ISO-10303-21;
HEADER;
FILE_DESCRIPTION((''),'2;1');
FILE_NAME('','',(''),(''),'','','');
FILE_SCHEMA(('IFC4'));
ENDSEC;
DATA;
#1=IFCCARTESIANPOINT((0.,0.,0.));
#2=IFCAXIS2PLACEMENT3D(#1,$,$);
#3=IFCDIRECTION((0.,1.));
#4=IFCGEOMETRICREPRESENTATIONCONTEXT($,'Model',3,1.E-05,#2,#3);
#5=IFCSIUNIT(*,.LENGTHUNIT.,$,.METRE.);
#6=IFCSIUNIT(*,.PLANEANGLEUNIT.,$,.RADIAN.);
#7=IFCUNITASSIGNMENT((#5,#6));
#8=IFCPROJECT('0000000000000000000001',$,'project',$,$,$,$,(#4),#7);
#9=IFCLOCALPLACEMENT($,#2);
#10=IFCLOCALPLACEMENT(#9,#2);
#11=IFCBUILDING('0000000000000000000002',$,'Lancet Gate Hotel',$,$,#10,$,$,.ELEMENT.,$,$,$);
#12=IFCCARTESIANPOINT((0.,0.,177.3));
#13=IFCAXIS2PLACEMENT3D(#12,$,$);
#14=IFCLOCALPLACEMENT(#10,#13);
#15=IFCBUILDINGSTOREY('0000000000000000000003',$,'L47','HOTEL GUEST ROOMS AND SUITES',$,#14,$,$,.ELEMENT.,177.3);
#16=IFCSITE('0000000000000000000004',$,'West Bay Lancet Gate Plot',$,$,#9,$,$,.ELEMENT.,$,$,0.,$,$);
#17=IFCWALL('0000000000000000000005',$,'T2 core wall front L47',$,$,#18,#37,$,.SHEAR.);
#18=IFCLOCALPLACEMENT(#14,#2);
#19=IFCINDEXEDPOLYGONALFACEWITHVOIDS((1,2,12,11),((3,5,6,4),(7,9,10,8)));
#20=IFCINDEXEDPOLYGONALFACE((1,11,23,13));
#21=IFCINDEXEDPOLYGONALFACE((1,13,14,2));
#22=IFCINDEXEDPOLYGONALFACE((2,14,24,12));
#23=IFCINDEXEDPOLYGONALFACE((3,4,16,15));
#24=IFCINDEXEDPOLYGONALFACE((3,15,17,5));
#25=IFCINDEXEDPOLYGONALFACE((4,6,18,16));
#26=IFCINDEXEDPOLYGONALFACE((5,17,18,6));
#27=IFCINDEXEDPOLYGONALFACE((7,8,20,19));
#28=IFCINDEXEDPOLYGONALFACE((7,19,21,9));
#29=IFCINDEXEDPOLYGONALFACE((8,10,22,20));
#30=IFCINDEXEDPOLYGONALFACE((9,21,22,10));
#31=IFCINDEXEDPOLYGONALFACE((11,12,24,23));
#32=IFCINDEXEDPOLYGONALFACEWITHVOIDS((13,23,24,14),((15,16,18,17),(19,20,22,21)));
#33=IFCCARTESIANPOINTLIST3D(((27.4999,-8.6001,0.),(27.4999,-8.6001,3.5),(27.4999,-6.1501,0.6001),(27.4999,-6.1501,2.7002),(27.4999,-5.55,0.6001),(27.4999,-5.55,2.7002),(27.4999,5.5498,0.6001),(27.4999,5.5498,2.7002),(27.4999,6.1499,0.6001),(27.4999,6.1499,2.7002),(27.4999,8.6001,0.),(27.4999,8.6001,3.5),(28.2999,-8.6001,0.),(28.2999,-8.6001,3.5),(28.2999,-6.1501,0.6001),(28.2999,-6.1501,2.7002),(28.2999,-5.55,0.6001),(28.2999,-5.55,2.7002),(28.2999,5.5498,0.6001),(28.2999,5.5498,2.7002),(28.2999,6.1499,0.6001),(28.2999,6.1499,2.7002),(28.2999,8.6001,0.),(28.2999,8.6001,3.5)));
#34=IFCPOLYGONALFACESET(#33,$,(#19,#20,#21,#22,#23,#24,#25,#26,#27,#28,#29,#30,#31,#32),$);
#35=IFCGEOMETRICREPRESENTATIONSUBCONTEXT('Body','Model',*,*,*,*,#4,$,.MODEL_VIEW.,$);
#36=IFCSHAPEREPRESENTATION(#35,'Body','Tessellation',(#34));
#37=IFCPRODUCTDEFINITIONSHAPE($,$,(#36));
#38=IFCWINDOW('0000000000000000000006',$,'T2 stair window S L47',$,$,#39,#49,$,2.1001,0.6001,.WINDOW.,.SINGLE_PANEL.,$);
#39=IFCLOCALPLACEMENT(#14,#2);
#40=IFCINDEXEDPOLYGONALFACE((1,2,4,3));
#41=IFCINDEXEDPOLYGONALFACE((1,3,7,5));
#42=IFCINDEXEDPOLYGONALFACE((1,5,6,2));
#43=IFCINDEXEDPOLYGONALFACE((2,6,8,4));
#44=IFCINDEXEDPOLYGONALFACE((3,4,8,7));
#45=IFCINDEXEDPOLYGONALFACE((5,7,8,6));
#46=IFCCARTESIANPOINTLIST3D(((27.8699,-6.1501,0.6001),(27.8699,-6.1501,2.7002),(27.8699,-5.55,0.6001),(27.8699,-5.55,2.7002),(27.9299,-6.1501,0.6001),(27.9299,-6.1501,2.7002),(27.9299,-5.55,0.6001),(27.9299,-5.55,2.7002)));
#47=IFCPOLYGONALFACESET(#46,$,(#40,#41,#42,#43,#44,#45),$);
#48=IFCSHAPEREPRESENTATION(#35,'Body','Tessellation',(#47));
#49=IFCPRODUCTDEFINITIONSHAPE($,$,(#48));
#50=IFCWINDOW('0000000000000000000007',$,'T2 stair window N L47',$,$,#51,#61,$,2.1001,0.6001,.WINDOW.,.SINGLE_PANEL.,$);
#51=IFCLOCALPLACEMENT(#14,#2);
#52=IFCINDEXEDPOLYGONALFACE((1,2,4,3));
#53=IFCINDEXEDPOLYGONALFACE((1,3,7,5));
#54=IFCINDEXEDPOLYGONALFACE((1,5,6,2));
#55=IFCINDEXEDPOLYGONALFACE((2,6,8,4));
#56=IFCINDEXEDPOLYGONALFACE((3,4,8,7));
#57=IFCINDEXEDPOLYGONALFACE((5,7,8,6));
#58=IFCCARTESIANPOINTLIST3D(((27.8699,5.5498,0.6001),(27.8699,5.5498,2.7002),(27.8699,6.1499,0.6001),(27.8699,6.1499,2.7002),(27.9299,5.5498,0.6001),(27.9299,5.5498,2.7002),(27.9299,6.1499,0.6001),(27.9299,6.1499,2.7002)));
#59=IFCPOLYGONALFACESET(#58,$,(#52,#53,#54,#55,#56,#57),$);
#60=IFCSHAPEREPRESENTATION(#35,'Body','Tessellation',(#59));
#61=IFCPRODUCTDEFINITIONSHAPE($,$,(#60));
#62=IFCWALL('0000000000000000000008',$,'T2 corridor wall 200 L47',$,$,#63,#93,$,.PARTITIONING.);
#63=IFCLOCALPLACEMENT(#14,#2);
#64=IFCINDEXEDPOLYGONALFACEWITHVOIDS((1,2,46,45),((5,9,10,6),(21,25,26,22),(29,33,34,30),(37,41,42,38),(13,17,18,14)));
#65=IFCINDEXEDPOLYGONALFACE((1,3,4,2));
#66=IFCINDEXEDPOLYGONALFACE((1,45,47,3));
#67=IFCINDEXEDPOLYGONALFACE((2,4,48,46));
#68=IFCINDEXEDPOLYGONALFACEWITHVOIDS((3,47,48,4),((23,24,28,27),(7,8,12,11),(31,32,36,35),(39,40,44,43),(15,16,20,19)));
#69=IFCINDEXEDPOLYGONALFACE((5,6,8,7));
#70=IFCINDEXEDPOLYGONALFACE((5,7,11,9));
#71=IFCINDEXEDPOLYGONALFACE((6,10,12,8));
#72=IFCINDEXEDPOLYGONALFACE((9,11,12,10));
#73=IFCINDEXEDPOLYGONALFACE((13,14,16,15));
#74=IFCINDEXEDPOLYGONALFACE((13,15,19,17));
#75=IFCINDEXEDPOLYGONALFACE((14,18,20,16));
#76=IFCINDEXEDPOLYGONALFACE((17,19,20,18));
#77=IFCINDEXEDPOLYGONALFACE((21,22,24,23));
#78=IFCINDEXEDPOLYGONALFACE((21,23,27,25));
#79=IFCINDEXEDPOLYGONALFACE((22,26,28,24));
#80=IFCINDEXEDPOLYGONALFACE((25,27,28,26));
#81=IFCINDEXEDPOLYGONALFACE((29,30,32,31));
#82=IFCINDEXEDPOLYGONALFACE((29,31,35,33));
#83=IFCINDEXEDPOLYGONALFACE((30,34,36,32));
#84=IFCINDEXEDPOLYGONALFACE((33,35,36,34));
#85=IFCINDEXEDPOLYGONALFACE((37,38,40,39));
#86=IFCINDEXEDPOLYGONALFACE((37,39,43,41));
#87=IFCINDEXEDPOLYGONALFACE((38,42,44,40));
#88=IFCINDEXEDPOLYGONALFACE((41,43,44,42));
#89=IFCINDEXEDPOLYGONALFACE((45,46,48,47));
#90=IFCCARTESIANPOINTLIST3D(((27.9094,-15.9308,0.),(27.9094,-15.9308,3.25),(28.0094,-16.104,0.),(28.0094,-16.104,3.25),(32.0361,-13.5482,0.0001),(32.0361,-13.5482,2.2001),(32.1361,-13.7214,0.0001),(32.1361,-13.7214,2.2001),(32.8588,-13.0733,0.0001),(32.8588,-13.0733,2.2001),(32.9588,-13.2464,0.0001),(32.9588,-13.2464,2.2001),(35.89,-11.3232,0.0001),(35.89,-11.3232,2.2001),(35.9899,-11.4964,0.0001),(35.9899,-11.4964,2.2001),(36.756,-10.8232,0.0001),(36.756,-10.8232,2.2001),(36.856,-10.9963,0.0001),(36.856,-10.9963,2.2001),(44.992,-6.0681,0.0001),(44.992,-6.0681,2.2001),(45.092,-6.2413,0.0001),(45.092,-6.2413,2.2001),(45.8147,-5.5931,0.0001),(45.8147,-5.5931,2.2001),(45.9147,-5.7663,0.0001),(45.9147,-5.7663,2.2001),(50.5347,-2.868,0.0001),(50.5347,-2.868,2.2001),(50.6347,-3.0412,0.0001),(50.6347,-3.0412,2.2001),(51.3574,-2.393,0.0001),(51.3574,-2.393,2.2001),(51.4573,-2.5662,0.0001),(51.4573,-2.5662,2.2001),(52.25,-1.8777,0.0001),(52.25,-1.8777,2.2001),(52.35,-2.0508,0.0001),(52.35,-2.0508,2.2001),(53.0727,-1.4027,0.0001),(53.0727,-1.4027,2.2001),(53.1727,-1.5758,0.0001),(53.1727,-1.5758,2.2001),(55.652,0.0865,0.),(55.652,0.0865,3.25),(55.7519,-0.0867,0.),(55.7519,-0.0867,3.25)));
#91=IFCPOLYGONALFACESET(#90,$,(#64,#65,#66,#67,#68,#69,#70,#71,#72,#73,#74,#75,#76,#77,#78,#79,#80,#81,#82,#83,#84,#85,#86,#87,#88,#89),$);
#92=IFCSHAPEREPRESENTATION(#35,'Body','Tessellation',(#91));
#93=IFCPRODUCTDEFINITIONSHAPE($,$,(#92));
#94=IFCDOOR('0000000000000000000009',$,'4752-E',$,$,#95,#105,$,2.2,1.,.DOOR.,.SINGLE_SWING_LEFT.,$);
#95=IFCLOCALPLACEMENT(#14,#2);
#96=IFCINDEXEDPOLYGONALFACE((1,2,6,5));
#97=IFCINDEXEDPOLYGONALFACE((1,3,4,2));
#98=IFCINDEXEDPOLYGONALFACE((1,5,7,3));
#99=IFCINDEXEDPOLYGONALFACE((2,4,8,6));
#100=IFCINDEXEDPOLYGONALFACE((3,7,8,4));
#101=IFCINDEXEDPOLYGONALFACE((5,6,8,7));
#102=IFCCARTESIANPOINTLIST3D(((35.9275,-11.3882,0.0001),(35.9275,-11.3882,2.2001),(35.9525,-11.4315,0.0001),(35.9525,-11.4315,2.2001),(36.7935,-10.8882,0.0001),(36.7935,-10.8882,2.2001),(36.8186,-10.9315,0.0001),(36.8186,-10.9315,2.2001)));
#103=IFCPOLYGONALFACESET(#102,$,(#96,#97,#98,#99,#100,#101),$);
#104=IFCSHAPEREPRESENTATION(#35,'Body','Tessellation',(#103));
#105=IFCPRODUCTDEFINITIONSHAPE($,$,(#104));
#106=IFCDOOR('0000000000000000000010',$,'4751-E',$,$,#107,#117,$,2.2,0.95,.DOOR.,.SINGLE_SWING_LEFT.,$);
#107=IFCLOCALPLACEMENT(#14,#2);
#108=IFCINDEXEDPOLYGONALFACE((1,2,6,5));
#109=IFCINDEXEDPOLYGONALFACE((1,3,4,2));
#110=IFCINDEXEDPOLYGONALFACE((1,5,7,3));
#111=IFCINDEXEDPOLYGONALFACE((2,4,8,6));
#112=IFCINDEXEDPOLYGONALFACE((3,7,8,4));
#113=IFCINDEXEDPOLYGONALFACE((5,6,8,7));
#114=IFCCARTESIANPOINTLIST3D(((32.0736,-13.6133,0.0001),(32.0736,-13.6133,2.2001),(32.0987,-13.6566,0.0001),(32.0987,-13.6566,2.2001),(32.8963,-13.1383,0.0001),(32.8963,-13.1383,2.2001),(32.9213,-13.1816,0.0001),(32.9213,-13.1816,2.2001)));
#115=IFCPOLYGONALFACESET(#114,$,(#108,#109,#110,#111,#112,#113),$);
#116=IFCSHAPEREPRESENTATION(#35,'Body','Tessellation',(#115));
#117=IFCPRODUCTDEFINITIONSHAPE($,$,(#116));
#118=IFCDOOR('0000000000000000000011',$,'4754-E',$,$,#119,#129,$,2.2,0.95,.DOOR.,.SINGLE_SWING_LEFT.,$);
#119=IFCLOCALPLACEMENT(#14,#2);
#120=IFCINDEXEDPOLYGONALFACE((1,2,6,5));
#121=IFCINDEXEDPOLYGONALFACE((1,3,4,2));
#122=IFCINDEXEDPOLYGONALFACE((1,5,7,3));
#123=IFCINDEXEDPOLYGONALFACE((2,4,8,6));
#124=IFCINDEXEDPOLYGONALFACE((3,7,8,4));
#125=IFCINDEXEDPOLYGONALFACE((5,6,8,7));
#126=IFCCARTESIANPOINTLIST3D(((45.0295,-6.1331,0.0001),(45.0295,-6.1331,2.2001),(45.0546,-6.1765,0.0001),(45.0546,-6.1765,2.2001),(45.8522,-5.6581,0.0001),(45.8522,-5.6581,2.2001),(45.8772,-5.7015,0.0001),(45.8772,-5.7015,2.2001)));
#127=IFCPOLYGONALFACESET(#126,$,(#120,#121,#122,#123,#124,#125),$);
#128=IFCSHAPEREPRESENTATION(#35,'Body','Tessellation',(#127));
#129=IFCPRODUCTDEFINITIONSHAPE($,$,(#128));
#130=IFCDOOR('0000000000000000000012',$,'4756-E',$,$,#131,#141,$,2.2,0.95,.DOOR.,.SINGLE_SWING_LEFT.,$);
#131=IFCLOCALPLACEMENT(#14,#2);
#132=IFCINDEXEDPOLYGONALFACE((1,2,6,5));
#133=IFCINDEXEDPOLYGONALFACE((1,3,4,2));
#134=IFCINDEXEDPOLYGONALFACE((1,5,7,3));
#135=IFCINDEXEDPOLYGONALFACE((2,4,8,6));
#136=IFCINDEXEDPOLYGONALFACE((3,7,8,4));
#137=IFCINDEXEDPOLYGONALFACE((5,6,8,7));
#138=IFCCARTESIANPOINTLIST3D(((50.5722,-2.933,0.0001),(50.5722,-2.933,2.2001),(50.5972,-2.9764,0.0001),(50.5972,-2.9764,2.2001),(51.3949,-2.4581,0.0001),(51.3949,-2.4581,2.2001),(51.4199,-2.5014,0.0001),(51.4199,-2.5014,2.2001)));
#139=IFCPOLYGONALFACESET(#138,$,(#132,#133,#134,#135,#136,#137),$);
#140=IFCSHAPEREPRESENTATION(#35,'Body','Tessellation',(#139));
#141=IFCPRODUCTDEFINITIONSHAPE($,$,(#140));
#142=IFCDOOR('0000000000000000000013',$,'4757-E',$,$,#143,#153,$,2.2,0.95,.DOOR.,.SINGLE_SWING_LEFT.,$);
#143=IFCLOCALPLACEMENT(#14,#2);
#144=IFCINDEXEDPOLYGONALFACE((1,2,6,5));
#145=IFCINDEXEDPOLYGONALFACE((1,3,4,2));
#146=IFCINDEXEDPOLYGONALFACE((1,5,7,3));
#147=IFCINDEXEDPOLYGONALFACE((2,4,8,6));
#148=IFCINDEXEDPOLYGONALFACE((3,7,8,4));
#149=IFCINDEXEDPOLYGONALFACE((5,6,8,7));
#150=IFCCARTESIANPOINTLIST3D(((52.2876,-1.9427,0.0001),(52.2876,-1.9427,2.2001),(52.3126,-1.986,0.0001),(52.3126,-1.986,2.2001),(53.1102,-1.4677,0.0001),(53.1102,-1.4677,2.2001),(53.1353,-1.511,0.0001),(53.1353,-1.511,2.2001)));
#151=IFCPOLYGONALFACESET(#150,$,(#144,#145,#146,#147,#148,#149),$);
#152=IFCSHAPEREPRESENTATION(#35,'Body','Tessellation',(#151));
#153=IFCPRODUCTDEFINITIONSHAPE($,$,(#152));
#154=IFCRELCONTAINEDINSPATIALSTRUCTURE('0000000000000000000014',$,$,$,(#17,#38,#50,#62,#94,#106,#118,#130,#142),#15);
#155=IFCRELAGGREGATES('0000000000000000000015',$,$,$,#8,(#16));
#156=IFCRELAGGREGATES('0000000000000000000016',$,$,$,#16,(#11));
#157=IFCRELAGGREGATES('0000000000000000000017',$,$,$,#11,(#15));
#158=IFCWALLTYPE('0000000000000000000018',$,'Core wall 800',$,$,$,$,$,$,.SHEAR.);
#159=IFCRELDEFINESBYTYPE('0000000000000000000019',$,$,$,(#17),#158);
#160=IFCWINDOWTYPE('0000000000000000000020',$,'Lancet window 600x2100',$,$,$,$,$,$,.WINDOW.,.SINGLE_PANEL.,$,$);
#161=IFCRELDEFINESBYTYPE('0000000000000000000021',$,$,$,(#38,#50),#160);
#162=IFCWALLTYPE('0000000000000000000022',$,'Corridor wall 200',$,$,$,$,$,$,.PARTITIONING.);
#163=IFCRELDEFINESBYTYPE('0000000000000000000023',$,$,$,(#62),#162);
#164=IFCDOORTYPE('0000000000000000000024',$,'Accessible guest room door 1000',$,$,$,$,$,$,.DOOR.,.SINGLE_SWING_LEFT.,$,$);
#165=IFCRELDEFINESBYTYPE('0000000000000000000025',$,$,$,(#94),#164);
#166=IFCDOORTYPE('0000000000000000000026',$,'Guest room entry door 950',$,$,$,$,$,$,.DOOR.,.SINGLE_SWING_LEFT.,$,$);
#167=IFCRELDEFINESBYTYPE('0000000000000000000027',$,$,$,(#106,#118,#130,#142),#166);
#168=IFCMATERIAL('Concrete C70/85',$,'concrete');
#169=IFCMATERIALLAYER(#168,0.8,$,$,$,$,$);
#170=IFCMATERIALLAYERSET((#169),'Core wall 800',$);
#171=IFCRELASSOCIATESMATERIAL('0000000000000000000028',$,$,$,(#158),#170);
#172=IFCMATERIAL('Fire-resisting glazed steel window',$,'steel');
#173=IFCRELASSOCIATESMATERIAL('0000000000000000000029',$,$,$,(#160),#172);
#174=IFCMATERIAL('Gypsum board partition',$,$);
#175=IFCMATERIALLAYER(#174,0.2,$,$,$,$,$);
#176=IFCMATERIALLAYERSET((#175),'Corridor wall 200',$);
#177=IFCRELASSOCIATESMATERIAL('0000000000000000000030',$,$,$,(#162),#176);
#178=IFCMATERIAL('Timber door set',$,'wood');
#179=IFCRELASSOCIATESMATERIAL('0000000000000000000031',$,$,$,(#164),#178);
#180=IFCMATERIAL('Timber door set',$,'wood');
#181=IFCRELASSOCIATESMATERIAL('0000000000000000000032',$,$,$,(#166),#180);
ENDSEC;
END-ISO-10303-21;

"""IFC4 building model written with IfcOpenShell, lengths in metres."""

from ifc_helpers import new_model, si_unit, direction, frame, frame_2d, origin, place, context, subcontext, project, spatial, rectangle, extrude, material, layer, layer_set, type_object, element, fill, save


model = new_model("IFC4")

# Units and contexts
model_context = context("Model", 3, precision=1e-05, world=origin(), true_north=direction((0.0, 1.0)))
body_context = subcontext(model_context, "Body", "Model", "MODEL_VIEW")
ifc_project = project(units=[si_unit("LENGTHUNIT", "METRE"), si_unit("PLANEANGLEUNIT", "RADIAN")], contexts=[model_context])

# Site, building, storey
site_placement = place(None, origin())
site = spatial("IfcSite", under=ifc_project, at=site_placement, Name="West Bay Lancet Gate Plot", CompositionType="ELEMENT", RefElevation=0.0)
building_placement = place(site_placement, origin())
building = spatial("IfcBuilding", under=site, at=building_placement, Name="Lancet Gate Hotel", CompositionType="ELEMENT")
storey_placement = place(building_placement, frame((0.0, 0.0, 177.3)))
storey = spatial("IfcBuildingStorey", under=building, at=storey_placement, Name="L47", Description="HOTEL GUEST ROOMS AND SUITES", CompositionType="ELEMENT", Elevation=177.3)

# Wall, openings, windows
ifc_material_1 = material(Name="Concrete C70/85", Category="concrete")
ifc_layer_1 = layer(ifc_material_1, 0.8)
ifc_layer_set_1 = layer_set([ifc_layer_1], Name="Core wall 800")
wall_type_1 = type_object("IfcWallType", Name="Core wall 800", PredefinedType="SHEAR", material=ifc_layer_set_1)
wall_1_placement = place(storey_placement, frame((27.8999, -8.6001, 0.0), z_axis=(0.0, 0.0, 1.0), x_axis=(0.0, 1.0, 0.0)))
wall_1 = element("IfcWall", 1, at=wall_1_placement, inside=storey, type_object=wall_type_1, Name="T2 core wall front L47", PredefinedType="SHEAR", context=body_context, shape_type="SweptSolid", body=[
    extrude(rectangle(XDim=17.2002, YDim=0.8, at=frame_2d((8.6001, 0.0))), origin(), (0.0, 0.0, 1.0), 3.5),
])
opening_1_placement = place(wall_1_placement, frame((2.45, 0.0, 0.6001)))
opening_1 = element("IfcOpeningElement", 2, at=opening_1_placement, cuts=wall_1, PredefinedType="OPENING", context=body_context, shape_type="SweptSolid", body=[
    extrude(rectangle(XDim=0.6001, YDim=2.1001, at=frame_2d((0.3, 1.05))), frame((0.0, 0.4099, 0.0), z_axis=(0.0, -1.0, 0.0), x_axis=(1.0, 0.0, 0.0)), (0.0, 0.0, 1.0), 0.8201),
])
opening_2_placement = place(wall_1_placement, frame((14.1499, 0.0, 0.6001)))
opening_2 = element("IfcOpeningElement", 3, at=opening_2_placement, cuts=wall_1, PredefinedType="OPENING", context=body_context, shape_type="SweptSolid", body=[
    extrude(rectangle(XDim=0.6001, YDim=2.1001, at=frame_2d((0.3, 1.05))), frame((0.0, 0.4099, 0.0), z_axis=(0.0, -1.0, 0.0), x_axis=(1.0, 0.0, 0.0)), (0.0, 0.0, 1.0), 0.8201),
])
ifc_material_2 = material(Name="Fire-resisting glazed steel window", Category="steel")
window_type = type_object("IfcWindowType", Name="Lancet window 600x2100", PartitioningType="SINGLE_PANEL", PredefinedType="WINDOW", material=ifc_material_2)
window_1_placement = place(opening_1_placement, origin())
window_1 = element("IfcWindow", 4, at=window_1_placement, inside=storey, type_object=window_type, Name="T2 stair window S L47", OverallHeight=2.1001, OverallWidth=0.6001, PartitioningType="SINGLE_PANEL", PredefinedType="WINDOW", context=body_context, shape_type="SweptSolid", body=[
    extrude(rectangle(XDim=0.6001, YDim=2.1001, at=frame_2d((0.3, 1.05))), frame((0.0, 0.03, 0.0), z_axis=(0.0, -1.0, 0.0), x_axis=(1.0, 0.0, 0.0)), (0.0, 0.0, 1.0), 0.0601),
])
fill(opening_1, window_1)
window_2_placement = place(opening_2_placement, origin())
window_2 = element("IfcWindow", 5, at=window_2_placement, inside=storey, type_object=window_type, Name="T2 stair window N L47", OverallHeight=2.1001, OverallWidth=0.6001, PartitioningType="SINGLE_PANEL", PredefinedType="WINDOW", context=body_context, shape_type="SweptSolid", body=[
    extrude(rectangle(XDim=0.6001, YDim=2.1001, at=frame_2d((0.3, 1.05))), frame((0.0, 0.03, 0.0), z_axis=(0.0, -1.0, 0.0), x_axis=(1.0, 0.0, 0.0)), (0.0, 0.0, 1.0), 0.0601),
])
fill(opening_2, window_2)

# Wall, openings, doors
ifc_material_3 = material(Name="Gypsum board partition")
ifc_layer_2 = layer(ifc_material_3, 0.2)
ifc_layer_set_2 = layer_set([ifc_layer_2], Name="Corridor wall 200")
wall_type_2 = type_object("IfcWallType", Name="Corridor wall 200", PredefinedType="PARTITIONING", material=ifc_layer_set_2)
wall_2_placement = place(storey_placement, frame((27.9595, -16.0173, 0.0), z_axis=(0.0, 0.0, 1.0), x_axis=(0.866024, 0.500002, 0.0)))
wall_2 = element("IfcWall", 6, at=wall_2_placement, inside=storey, type_object=wall_type_2, Name="T2 corridor wall 200 L47", PredefinedType="PARTITIONING", context=body_context, shape_type="SweptSolid", body=[
    extrude(rectangle(XDim=32.0344, YDim=0.2, at=frame_2d((16.0171, 0.0))), origin(), (0.0, 0.0, 1.0), 3.25),
])
opening_3_placement = place(wall_2_placement, frame((4.7649, 0.0, 0.0)))
opening_3 = element("IfcOpeningElement", 7, at=opening_3_placement, cuts=wall_2, PredefinedType="OPENING", context=body_context, shape_type="SweptSolid", body=[
    extrude(rectangle(XDim=0.95, YDim=2.2, at=frame_2d((0.4751, 1.1001))), frame((0.0, 0.1099, 0.0), z_axis=(0.0, -1.0, 0.0), x_axis=(1.0, 0.0, 0.0)), (0.0, 0.0, 1.0), 0.22),
])
opening_4_placement = place(wall_2_placement, frame((9.2151, 0.0, 0.0)))
opening_4 = element("IfcOpeningElement", 8, at=opening_4_placement, cuts=wall_2, PredefinedType="OPENING", context=body_context, shape_type="SweptSolid", body=[
    extrude(rectangle(XDim=1.0, YDim=2.2, at=frame_2d((0.5, 1.1001))), frame((0.0, 0.1099, 0.0), z_axis=(0.0, -1.0, 0.0), x_axis=(1.0, 0.0, 0.0)), (0.0, 0.0, 1.0), 0.22),
])
opening_5_placement = place(wall_2_placement, frame((19.7251, 0.0, 0.0)))
opening_5 = element("IfcOpeningElement", 9, at=opening_5_placement, cuts=wall_2, PredefinedType="OPENING", context=body_context, shape_type="SweptSolid", body=[
    extrude(rectangle(XDim=0.95, YDim=2.2, at=frame_2d((0.4751, 1.1001))), frame((0.0, 0.1099, 0.0), z_axis=(0.0, -1.0, 0.0), x_axis=(1.0, 0.0, 0.0)), (0.0, 0.0, 1.0), 0.22),
])
opening_6_placement = place(wall_2_placement, frame((26.1252, 0.0, 0.0)))
opening_6 = element("IfcOpeningElement", 10, at=opening_6_placement, cuts=wall_2, PredefinedType="OPENING", context=body_context, shape_type="SweptSolid", body=[
    extrude(rectangle(XDim=0.95, YDim=2.2, at=frame_2d((0.4751, 1.1001))), frame((0.0, 0.1099, 0.0), z_axis=(0.0, -1.0, 0.0), x_axis=(1.0, 0.0, 0.0)), (0.0, 0.0, 1.0), 0.22),
])
opening_7_placement = place(wall_2_placement, frame((28.106, 0.0, 0.0)))
opening_7 = element("IfcOpeningElement", 11, at=opening_7_placement, cuts=wall_2, PredefinedType="OPENING", context=body_context, shape_type="SweptSolid", body=[
    extrude(rectangle(XDim=0.95, YDim=2.2, at=frame_2d((0.4751, 1.1001))), frame((0.0, 0.1099, 0.0), z_axis=(0.0, -1.0, 0.0), x_axis=(1.0, 0.0, 0.0)), (0.0, 0.0, 1.0), 0.22),
])
ifc_material_4 = material(Name="Timber door set", Category="wood")
door_type_1 = type_object("IfcDoorType", Name="Accessible guest room door 1000", OperationType="SINGLE_SWING_LEFT", PredefinedType="DOOR", material=ifc_material_4)
door_1_placement = place(opening_4_placement, origin())
door_1 = element("IfcDoor", 12, at=door_1_placement, inside=storey, type_object=door_type_1, Name="4752-E", OperationType="SINGLE_SWING_LEFT", OverallHeight=2.2, OverallWidth=1.0, PredefinedType="DOOR", context=body_context, shape_type="SweptSolid", body=[
    extrude(rectangle(XDim=1.0, YDim=2.2, at=frame_2d((0.5, 1.1001))), frame((0.0, 0.0249, 0.0), z_axis=(0.0, -1.0, 0.0), x_axis=(1.0, 0.0, 0.0)), (0.0, 0.0, 1.0), 0.05),
])
fill(opening_4, door_1)
ifc_material_5 = material(Name="Timber door set", Category="wood")
door_type_2 = type_object("IfcDoorType", Name="Guest room entry door 950", OperationType="SINGLE_SWING_LEFT", PredefinedType="DOOR", material=ifc_material_5)
door_2_placement = place(opening_3_placement, origin())
door_2 = element("IfcDoor", 13, at=door_2_placement, inside=storey, type_object=door_type_2, Name="4751-E", OperationType="SINGLE_SWING_LEFT", OverallHeight=2.2, OverallWidth=0.95, PredefinedType="DOOR", context=body_context, shape_type="SweptSolid", body=[
    extrude(rectangle(XDim=0.95, YDim=2.2, at=frame_2d((0.4751, 1.1001))), frame((0.0, 0.0249, 0.0), z_axis=(0.0, -1.0, 0.0), x_axis=(1.0, 0.0, 0.0)), (0.0, 0.0, 1.0), 0.05),
])
fill(opening_3, door_2)
door_3_placement = place(opening_5_placement, origin())
door_3 = element("IfcDoor", 14, at=door_3_placement, inside=storey, type_object=door_type_2, Name="4754-E", OperationType="SINGLE_SWING_LEFT", OverallHeight=2.2, OverallWidth=0.95, PredefinedType="DOOR", context=body_context, shape_type="SweptSolid", body=[
    extrude(rectangle(XDim=0.95, YDim=2.2, at=frame_2d((0.4751, 1.1001))), frame((0.0, 0.0249, 0.0), z_axis=(0.0, -1.0, 0.0), x_axis=(1.0, 0.0, 0.0)), (0.0, 0.0, 1.0), 0.05),
])
fill(opening_5, door_3)
door_4_placement = place(opening_6_placement, origin())
door_4 = element("IfcDoor", 15, at=door_4_placement, inside=storey, type_object=door_type_2, Name="4756-E", OperationType="SINGLE_SWING_LEFT", OverallHeight=2.2, OverallWidth=0.95, PredefinedType="DOOR", context=body_context, shape_type="SweptSolid", body=[
    extrude(rectangle(XDim=0.95, YDim=2.2, at=frame_2d((0.4751, 1.1001))), frame((0.0, 0.0249, 0.0), z_axis=(0.0, -1.0, 0.0), x_axis=(1.0, 0.0, 0.0)), (0.0, 0.0, 1.0), 0.05),
])
fill(opening_6, door_4)
door_5_placement = place(opening_7_placement, origin())
door_5 = element("IfcDoor", 16, at=door_5_placement, inside=storey, type_object=door_type_2, Name="4757-E", OperationType="SINGLE_SWING_LEFT", OverallHeight=2.2, OverallWidth=0.95, PredefinedType="DOOR", context=body_context, shape_type="SweptSolid", body=[
    extrude(rectangle(XDim=0.95, YDim=2.2, at=frame_2d((0.4751, 1.1001))), frame((0.0, 0.0249, 0.0), z_axis=(0.0, -1.0, 0.0), x_axis=(1.0, 0.0, 0.0)), (0.0, 0.0, 1.0), 0.05),
])
fill(opening_7, door_5)

save(model, "model.ifc")
